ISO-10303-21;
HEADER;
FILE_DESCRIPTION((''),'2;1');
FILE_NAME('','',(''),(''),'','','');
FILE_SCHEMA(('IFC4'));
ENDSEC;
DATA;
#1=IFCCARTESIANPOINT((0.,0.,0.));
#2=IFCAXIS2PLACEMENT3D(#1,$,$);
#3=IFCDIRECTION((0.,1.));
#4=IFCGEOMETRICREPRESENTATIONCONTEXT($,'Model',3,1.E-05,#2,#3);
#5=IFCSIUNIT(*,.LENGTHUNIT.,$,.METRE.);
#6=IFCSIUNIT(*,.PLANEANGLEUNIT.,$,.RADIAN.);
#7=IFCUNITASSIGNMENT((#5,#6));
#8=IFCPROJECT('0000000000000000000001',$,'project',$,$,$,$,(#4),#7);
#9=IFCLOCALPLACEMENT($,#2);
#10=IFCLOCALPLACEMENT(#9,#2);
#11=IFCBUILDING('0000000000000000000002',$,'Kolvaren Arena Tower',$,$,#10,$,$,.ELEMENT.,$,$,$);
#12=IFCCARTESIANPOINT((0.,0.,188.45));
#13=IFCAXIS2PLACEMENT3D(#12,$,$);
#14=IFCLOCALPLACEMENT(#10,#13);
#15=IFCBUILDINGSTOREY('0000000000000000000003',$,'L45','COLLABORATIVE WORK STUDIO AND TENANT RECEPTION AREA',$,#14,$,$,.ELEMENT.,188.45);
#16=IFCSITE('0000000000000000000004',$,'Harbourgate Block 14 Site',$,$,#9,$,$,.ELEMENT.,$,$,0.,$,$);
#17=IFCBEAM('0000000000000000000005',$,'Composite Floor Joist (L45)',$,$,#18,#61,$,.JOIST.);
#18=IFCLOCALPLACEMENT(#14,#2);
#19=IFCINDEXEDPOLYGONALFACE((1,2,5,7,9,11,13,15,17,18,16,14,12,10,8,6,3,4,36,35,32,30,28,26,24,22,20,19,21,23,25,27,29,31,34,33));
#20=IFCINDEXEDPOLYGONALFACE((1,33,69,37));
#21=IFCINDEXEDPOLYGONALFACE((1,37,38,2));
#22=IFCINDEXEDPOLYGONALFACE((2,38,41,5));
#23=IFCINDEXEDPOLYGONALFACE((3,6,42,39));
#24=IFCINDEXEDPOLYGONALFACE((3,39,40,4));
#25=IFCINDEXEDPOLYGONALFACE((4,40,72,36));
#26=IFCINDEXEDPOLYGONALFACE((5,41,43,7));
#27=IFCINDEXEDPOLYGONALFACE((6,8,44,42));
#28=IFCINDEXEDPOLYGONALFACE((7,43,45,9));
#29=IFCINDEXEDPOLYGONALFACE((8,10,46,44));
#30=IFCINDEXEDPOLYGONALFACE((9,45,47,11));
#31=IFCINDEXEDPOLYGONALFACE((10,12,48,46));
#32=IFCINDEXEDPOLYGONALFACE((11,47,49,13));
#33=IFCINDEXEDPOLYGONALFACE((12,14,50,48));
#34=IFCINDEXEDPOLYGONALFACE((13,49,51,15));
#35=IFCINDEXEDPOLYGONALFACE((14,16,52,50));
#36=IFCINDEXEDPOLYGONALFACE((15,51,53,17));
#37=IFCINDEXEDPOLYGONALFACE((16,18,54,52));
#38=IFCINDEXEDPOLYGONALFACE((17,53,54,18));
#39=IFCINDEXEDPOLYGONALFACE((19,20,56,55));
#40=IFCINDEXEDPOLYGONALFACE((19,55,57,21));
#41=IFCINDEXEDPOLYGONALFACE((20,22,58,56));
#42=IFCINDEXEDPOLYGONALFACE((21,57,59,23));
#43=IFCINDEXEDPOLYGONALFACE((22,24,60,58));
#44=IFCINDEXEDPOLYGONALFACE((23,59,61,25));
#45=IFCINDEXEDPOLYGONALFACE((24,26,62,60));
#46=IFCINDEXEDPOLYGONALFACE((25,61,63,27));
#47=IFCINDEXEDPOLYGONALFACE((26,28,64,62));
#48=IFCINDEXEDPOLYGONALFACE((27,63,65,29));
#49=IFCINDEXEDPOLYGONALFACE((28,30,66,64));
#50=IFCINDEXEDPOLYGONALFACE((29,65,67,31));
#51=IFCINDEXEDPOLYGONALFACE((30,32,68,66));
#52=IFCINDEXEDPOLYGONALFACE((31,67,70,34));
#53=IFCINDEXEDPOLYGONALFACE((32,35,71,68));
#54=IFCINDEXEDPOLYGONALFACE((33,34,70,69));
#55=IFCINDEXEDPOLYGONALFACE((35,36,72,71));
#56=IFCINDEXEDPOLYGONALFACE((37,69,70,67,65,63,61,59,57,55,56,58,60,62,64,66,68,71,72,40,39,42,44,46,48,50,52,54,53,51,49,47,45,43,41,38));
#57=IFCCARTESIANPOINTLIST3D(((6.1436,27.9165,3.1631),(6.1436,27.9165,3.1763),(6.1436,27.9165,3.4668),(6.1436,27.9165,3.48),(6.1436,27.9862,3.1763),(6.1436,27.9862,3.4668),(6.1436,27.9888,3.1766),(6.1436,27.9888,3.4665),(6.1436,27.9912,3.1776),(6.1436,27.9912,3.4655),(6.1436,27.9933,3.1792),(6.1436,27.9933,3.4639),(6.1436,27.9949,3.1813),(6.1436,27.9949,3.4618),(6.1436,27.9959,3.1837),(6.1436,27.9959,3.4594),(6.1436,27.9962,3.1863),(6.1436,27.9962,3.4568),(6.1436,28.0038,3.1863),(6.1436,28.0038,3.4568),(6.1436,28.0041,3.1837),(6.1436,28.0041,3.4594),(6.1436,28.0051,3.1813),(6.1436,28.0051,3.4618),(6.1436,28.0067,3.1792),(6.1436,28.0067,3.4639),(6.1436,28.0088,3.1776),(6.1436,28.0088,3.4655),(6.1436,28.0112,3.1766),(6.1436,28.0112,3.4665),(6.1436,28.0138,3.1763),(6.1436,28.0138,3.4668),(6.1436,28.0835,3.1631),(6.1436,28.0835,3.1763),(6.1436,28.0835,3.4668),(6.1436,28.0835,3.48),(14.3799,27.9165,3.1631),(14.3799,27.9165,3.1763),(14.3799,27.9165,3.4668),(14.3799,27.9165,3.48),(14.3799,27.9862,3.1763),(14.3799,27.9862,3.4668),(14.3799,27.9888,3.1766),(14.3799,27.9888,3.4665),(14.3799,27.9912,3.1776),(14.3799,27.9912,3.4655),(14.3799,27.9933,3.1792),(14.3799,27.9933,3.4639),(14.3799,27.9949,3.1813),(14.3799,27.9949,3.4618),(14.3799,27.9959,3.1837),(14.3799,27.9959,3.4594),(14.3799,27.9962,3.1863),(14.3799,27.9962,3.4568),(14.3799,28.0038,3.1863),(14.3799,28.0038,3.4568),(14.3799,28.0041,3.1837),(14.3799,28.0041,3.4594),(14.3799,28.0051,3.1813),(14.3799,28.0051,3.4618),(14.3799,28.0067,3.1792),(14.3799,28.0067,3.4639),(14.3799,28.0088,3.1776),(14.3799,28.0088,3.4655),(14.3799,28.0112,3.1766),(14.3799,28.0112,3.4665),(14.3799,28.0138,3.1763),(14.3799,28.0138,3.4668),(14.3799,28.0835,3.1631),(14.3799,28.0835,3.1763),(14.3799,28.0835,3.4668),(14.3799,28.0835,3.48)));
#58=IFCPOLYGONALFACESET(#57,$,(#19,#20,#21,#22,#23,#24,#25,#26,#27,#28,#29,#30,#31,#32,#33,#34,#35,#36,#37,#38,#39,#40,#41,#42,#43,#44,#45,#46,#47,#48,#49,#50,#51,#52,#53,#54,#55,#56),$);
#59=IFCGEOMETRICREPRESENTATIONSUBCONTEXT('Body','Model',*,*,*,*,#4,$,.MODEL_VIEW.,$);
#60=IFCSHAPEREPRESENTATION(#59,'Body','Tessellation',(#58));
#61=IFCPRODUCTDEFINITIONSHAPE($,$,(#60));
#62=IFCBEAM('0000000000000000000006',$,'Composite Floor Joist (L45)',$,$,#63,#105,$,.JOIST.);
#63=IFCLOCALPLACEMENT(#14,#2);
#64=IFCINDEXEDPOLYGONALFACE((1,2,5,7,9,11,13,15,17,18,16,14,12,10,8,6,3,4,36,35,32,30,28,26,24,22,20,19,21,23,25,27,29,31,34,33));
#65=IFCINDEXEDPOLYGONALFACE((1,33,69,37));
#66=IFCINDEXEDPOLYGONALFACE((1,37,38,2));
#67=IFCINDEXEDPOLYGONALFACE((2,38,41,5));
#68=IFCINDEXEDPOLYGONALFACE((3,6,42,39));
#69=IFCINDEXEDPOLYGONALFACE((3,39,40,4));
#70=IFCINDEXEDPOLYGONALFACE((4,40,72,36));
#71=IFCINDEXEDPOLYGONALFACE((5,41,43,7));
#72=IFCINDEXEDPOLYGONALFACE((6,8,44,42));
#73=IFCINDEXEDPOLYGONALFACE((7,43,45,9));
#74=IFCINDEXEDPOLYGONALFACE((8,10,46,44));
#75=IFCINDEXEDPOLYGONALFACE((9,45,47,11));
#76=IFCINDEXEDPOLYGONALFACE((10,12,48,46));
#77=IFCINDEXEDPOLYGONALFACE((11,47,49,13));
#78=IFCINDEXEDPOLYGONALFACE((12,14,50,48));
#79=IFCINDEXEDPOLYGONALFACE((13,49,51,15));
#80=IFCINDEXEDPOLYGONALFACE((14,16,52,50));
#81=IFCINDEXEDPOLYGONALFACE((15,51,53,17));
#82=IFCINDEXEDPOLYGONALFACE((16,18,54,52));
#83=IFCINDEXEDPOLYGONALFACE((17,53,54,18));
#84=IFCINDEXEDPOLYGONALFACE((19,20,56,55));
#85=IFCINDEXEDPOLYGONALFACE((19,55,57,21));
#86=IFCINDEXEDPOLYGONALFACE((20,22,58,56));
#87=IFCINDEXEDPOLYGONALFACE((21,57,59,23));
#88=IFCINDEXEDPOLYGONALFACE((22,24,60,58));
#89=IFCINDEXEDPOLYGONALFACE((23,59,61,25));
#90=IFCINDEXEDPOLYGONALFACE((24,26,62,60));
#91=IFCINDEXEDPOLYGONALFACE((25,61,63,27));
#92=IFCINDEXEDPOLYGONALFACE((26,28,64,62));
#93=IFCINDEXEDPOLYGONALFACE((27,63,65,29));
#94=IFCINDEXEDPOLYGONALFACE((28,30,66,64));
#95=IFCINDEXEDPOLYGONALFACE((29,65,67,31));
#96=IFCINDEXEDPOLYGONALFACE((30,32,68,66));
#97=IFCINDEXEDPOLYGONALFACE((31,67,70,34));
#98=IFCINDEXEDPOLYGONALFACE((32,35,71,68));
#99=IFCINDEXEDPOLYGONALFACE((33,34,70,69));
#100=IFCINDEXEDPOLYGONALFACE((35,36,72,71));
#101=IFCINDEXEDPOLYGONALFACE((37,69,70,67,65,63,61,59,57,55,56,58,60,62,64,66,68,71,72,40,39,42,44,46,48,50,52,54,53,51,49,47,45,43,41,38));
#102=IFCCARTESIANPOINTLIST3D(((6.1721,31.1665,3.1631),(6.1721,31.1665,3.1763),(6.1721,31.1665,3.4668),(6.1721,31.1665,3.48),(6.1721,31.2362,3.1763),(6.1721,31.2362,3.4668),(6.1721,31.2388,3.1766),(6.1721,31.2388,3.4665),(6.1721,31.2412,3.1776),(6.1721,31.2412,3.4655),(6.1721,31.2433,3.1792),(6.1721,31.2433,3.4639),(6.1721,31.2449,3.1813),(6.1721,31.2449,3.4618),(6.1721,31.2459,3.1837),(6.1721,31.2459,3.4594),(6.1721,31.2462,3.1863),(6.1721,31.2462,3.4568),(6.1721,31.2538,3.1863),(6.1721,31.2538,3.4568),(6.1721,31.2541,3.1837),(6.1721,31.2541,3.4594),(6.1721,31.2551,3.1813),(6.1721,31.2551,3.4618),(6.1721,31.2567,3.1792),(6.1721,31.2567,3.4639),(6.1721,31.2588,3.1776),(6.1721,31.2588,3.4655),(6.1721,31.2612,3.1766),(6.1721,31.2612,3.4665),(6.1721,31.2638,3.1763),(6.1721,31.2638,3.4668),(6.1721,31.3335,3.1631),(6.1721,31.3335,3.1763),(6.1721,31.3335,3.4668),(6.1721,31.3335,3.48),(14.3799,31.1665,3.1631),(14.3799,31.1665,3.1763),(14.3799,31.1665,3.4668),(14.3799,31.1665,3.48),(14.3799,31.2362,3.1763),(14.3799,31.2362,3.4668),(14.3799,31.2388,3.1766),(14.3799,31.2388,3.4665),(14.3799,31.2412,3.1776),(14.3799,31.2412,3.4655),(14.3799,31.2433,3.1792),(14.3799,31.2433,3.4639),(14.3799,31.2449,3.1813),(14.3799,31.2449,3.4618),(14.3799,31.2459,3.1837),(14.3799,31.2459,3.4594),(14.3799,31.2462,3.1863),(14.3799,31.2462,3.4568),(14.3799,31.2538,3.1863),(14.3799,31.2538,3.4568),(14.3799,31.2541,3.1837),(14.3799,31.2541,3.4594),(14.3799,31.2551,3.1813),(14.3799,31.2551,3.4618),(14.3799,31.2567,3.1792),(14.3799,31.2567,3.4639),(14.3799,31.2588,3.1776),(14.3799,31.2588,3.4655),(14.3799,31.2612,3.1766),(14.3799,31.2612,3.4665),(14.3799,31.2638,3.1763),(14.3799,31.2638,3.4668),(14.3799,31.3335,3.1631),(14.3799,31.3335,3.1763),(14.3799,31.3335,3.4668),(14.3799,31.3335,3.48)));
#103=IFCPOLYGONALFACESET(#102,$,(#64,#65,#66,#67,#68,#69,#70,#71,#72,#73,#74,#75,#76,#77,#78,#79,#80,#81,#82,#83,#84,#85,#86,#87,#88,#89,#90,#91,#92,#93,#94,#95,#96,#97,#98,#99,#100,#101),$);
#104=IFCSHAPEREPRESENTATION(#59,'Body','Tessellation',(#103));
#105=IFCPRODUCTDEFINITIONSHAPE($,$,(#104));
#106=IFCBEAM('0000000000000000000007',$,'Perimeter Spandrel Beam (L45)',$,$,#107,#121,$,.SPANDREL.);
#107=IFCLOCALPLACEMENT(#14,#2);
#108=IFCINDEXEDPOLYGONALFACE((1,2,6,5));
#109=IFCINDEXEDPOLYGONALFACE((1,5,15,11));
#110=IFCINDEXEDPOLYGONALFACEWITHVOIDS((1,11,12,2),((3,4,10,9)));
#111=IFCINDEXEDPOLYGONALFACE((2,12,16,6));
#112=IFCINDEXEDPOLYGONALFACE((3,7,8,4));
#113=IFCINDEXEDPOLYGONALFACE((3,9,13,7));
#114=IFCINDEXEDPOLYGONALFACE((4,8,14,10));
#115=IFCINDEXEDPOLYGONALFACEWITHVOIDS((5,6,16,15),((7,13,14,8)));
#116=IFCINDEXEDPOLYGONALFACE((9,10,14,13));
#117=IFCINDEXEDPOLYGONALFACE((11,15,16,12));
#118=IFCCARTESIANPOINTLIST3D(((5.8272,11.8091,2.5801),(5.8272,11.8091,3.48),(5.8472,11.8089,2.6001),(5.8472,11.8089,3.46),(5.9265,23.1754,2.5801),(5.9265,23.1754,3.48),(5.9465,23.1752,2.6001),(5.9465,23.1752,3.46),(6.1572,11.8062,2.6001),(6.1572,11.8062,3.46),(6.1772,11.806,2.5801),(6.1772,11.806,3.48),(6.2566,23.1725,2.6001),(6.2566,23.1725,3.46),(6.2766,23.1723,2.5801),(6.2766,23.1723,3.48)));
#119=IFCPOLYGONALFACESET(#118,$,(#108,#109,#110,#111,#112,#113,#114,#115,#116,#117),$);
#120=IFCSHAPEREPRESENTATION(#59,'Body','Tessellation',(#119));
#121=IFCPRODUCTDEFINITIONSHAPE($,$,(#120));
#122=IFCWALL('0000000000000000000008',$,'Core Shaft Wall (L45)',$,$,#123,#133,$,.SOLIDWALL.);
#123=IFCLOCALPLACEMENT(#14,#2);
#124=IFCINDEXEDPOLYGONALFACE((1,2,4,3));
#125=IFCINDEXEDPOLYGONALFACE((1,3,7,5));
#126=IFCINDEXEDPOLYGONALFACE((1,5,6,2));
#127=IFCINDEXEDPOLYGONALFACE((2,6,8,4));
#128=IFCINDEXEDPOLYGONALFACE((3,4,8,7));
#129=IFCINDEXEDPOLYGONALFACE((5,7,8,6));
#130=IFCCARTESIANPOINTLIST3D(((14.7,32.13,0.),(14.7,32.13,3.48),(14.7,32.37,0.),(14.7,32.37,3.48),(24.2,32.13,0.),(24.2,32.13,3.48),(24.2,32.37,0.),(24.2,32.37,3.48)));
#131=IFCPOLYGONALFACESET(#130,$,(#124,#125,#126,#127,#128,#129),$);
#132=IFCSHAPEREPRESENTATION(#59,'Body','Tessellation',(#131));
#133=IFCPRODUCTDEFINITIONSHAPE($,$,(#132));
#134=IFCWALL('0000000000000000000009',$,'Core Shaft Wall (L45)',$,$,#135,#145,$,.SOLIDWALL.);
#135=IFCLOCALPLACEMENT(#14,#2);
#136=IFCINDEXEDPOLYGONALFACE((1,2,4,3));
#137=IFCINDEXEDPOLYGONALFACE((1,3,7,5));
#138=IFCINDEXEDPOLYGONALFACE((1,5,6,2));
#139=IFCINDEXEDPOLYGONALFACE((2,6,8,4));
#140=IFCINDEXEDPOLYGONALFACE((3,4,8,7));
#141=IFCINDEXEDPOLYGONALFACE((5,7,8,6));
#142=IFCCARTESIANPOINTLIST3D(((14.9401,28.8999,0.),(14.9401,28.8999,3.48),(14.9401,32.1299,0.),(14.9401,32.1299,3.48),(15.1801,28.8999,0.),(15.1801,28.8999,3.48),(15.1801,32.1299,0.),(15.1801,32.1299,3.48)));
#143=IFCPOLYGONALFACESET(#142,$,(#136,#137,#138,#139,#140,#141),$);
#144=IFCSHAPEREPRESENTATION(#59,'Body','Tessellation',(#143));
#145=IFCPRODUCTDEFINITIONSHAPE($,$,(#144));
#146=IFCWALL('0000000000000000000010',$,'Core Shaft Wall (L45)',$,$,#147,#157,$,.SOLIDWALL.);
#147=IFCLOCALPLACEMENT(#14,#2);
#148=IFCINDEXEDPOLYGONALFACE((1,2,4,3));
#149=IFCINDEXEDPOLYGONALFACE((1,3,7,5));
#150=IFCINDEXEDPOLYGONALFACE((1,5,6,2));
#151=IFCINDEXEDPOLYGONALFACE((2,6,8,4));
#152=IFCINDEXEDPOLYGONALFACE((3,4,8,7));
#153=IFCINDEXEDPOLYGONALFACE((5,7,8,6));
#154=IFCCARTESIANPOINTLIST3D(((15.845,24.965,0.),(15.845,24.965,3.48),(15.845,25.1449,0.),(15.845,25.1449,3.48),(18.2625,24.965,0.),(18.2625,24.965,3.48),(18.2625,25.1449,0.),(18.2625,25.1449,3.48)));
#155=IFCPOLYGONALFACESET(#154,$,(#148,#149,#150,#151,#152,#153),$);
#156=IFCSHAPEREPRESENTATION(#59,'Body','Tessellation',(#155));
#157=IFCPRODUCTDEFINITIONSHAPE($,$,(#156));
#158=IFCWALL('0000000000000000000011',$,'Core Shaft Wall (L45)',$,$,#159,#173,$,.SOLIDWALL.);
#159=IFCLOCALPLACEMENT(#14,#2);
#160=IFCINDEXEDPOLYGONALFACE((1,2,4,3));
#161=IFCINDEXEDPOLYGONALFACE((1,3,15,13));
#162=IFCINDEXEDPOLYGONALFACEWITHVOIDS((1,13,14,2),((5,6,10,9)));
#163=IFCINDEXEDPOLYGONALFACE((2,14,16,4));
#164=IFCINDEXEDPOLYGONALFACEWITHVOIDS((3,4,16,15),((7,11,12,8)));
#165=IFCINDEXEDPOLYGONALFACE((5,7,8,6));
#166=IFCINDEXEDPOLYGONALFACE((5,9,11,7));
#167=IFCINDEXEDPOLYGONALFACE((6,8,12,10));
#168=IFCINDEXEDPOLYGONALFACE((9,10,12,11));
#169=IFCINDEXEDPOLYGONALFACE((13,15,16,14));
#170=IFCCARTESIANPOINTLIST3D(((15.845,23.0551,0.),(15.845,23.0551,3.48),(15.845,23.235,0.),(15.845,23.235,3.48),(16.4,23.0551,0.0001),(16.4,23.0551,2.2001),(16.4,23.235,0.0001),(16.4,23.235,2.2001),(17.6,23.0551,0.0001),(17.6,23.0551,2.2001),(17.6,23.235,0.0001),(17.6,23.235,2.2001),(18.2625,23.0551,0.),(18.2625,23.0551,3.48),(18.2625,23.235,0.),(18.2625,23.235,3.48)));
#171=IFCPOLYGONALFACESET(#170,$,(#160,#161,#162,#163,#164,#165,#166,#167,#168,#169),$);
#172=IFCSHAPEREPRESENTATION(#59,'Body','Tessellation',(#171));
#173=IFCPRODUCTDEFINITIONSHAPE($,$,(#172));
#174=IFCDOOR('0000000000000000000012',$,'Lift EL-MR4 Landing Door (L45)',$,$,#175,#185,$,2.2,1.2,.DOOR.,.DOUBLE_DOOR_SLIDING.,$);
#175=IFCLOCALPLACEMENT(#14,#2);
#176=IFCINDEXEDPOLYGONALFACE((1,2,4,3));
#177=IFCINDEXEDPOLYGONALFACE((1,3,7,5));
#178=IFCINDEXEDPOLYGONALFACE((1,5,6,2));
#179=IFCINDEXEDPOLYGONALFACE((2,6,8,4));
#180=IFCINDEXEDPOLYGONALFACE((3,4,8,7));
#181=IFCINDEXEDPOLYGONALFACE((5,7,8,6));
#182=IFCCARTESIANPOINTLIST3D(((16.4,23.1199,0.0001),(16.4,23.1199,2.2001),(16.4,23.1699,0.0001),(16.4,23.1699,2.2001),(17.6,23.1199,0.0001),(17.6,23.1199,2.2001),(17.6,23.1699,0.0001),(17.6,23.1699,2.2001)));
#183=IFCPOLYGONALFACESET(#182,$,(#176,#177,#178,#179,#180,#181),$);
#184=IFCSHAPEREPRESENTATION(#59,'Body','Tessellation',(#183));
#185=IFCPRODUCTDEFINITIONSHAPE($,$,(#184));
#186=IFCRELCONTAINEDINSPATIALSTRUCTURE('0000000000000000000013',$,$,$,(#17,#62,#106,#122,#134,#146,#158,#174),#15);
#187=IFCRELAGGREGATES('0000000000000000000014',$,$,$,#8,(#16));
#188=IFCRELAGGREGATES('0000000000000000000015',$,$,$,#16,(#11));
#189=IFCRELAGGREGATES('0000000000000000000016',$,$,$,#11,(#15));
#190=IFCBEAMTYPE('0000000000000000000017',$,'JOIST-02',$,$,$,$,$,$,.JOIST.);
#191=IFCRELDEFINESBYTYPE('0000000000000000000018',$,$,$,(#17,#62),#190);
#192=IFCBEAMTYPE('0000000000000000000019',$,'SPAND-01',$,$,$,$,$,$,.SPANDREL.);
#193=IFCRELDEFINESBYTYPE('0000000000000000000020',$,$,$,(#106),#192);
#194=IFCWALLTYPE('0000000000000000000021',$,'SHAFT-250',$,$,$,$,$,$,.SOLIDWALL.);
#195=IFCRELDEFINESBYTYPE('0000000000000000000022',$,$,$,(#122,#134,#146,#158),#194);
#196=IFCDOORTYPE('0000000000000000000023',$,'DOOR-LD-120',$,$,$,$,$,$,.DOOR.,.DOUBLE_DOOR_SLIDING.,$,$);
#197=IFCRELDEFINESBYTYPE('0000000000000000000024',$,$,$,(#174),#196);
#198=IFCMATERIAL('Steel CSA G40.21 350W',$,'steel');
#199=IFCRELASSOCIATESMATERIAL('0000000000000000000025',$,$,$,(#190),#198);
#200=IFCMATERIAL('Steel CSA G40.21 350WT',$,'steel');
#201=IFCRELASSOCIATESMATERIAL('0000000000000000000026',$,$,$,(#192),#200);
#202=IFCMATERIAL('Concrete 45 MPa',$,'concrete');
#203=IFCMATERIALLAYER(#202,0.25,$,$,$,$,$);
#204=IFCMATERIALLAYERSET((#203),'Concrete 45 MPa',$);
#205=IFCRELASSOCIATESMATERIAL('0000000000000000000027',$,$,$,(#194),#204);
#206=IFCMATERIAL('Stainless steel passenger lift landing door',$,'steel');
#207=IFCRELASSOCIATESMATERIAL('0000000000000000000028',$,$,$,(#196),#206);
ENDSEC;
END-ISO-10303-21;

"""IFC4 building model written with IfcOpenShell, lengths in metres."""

from ifc_helpers import new_model, si_unit, direction, frame, frame_2d, origin, origin_2d, place, context, subcontext, project, spatial, rectangle, hollow_rectangle, i_section, extrude, material, layer, layer_set, material_profile, profile_set, type_object, element, fill, save


model = new_model("IFC4")

# Units and contexts
model_context = context("Model", 3, precision=1e-05, world=origin(), true_north=direction((0.0, 1.0)))
body_context = subcontext(model_context, "Body", "Model", "MODEL_VIEW")
ifc_project = project(units=[si_unit("LENGTHUNIT", "METRE"), si_unit("PLANEANGLEUNIT", "RADIAN")], contexts=[model_context])

# Site, building, storey
site_placement = place(None, origin())
site = spatial("IfcSite", under=ifc_project, at=site_placement, Name="Harbourgate Block 14 Site", CompositionType="ELEMENT", RefElevation=0.0)
building_placement = place(site_placement, origin())
building = spatial("IfcBuilding", under=site, at=building_placement, Name="Kolvaren Arena Tower", CompositionType="ELEMENT")
storey_placement = place(building_placement, frame((0.0, 0.0, 188.45)))
storey = spatial("IfcBuildingStorey", under=building, at=storey_placement, Name="L45", Description="COLLABORATIVE WORK STUDIO AND TENANT RECEPTION AREA", CompositionType="ELEMENT", Elevation=188.45)

# Beams
ifc_material_1 = material(Name="Steel CSA G40.21 350W", Category="steel")
ifc_material_profile_1 = material_profile(ifc_material_1, i_section(OverallWidth=0.167, OverallDepth=0.3169, WebThickness=0.0076, FlangeThickness=0.0132, FilletRadius=0.01, at=origin_2d()), Name="W310x52")
ifc_profile_set_1 = profile_set([ifc_material_profile_1], Name="Steel CSA G40.21 350W")
beam_type_1 = type_object("IfcBeamType", Name="JOIST-02", PredefinedType="JOIST", material=ifc_profile_set_1)
beam_1_placement = place(storey_placement, frame((6.1436, 28.0, 3.3215), z_axis=(1.0, 0.0, 0.0), x_axis=(0.0, 1.0, 0.0)))
element("IfcBeam", 1, at=beam_1_placement, inside=storey, type_object=beam_type_1, Name="Composite Floor Joist (L45)", PredefinedType="JOIST", context=body_context, shape_type="SweptSolid", body=[
    extrude(i_section(OverallWidth=0.167, OverallDepth=0.3169, WebThickness=0.0076, FlangeThickness=0.0132, FilletRadius=0.01, at=origin_2d()), origin(), (0.0, 0.0, 1.0), 8.2363),
])
beam_2_placement = place(storey_placement, frame((6.1721, 31.25, 3.3215), z_axis=(1.0, 0.0, 0.0), x_axis=(0.0, 1.0, 0.0)))
element("IfcBeam", 2, at=beam_2_placement, inside=storey, type_object=beam_type_1, Name="Composite Floor Joist (L45)", PredefinedType="JOIST", context=body_context, shape_type="SweptSolid", body=[
    extrude(i_section(OverallWidth=0.167, OverallDepth=0.3169, WebThickness=0.0076, FlangeThickness=0.0132, FilletRadius=0.01, at=origin_2d()), origin(), (0.0, 0.0, 1.0), 8.2078),
])
ifc_material_2 = material(Name="Steel CSA G40.21 350WT", Category="steel")
ifc_material_profile_2 = material_profile(ifc_material_2, hollow_rectangle(XDim=0.3501, YDim=0.8999, WallThickness=0.02, at=origin_2d()), Name="HSS 900x350x20")
ifc_profile_set_2 = profile_set([ifc_material_profile_2], Name="Steel CSA G40.21 350WT")
beam_type_2 = type_object("IfcBeamType", Name="SPAND-01", PredefinedType="SPANDREL", material=ifc_profile_set_2)
beam_3_placement = place(storey_placement, frame((6.1016, 23.1738, 3.03), z_axis=(-0.008742, -0.999962, 0.0), x_axis=(0.999962, -0.008742, 0.0)))
element("IfcBeam", 3, at=beam_3_placement, inside=storey, type_object=beam_type_2, Name="Perimeter Spandrel Beam (L45)", PredefinedType="SPANDREL", context=body_context, shape_type="SweptSolid", body=[
    extrude(hollow_rectangle(XDim=0.3501, YDim=0.8999, WallThickness=0.02, at=origin_2d()), origin(), (0.0, 0.0, 1.0), 11.3667),
])

# Walls
ifc_material_3 = material(Name="Concrete 45 MPa", Category="concrete")
ifc_layer = layer(ifc_material_3, 0.25)
ifc_layer_set = layer_set([ifc_layer], Name="Concrete 45 MPa")
wall_type = type_object("IfcWallType", Name="SHAFT-250", PredefinedType="SOLIDWALL", material=ifc_layer_set)
wall_1_placement = place(storey_placement, frame((14.7, 32.25, 0.0), z_axis=(0.0, 0.0, 1.0), x_axis=(1.0, 0.0, 0.0)))
element("IfcWall", 4, at=wall_1_placement, inside=storey, type_object=wall_type, Name="Core Shaft Wall (L45)", PredefinedType="SOLIDWALL", context=body_context, shape_type="SweptSolid", body=[
    extrude(rectangle(XDim=9.5, YDim=0.24, at=frame_2d((4.75, 0.0))), origin(), (0.0, 0.0, 1.0), 3.48),
])
wall_2_placement = place(storey_placement, frame((15.0601, 28.8999, 0.0), z_axis=(0.0, 0.0, 1.0), x_axis=(0.0, 1.0, 0.0)))
element("IfcWall", 5, at=wall_2_placement, inside=storey, type_object=wall_type, Name="Core Shaft Wall (L45)", PredefinedType="SOLIDWALL", context=body_context, shape_type="SweptSolid", body=[
    extrude(rectangle(XDim=3.23, YDim=0.24, at=frame_2d((1.615, 0.0))), origin(), (0.0, 0.0, 1.0), 3.48),
])
wall_3_placement = place(storey_placement, frame((15.845, 25.0549, 0.0), z_axis=(0.0, 0.0, 1.0), x_axis=(1.0, 0.0, 0.0)))
element("IfcWall", 6, at=wall_3_placement, inside=storey, type_object=wall_type, Name="Core Shaft Wall (L45)", PredefinedType="SOLIDWALL", context=body_context, shape_type="SweptSolid", body=[
    extrude(rectangle(XDim=2.4175, YDim=0.1799, at=frame_2d((1.2087, 0.0))), origin(), (0.0, 0.0, 1.0), 3.48),
])

# Wall, opening, door
wall_4_placement = place(storey_placement, frame((15.845, 23.145, 0.0), z_axis=(0.0, 0.0, 1.0), x_axis=(1.0, 0.0, 0.0)))
wall_4 = element("IfcWall", 7, at=wall_4_placement, inside=storey, type_object=wall_type, Name="Core Shaft Wall (L45)", PredefinedType="SOLIDWALL", context=body_context, shape_type="SweptSolid", body=[
    extrude(rectangle(XDim=2.4175, YDim=0.1799, at=frame_2d((1.2087, 0.0))), origin(), (0.0, 0.0, 1.0), 3.48),
])
opening_1_placement = place(wall_4_placement, frame((0.5549, 0.0, 0.0)))
opening_1 = element("IfcOpeningElement", 8, at=opening_1_placement, cuts=wall_4, PredefinedType="OPENING", context=body_context, shape_type="SweptSolid", body=[
    extrude(rectangle(XDim=1.2, YDim=2.2, at=frame_2d((0.6001, 1.1001))), frame((0.0, 0.0999, 0.0), z_axis=(0.0, -1.0, 0.0), x_axis=(1.0, 0.0, 0.0)), (0.0, 0.0, 1.0), 0.2),
])
ifc_material_4 = material(Name="Stainless steel passenger lift landing door", Category="steel")
door_type_1 = type_object("IfcDoorType", Name="DOOR-LD-120", OperationType="DOUBLE_DOOR_SLIDING", PredefinedType="DOOR", material=ifc_material_4)
door_1_placement = place(opening_1_placement, origin())
door_1 = element("IfcDoor", 9, at=door_1_placement, inside=storey, type_object=door_type_1, Name="Lift EL-MR4 Landing Door (L45)", OperationType="DOUBLE_DOOR_SLIDING", OverallHeight=2.2, OverallWidth=1.2, PredefinedType="DOOR", context=body_context, shape_type="SweptSolid", body=[
    extrude(rectangle(XDim=1.2, YDim=2.2, at=frame_2d((0.6001, 1.1001))), frame((0.0, 0.0249, 0.0), z_axis=(0.0, -1.0, 0.0), x_axis=(1.0, 0.0, 0.0)), (0.0, 0.0, 1.0), 0.05),
])
fill(opening_1, door_1)

save(model, "model.ifc")
